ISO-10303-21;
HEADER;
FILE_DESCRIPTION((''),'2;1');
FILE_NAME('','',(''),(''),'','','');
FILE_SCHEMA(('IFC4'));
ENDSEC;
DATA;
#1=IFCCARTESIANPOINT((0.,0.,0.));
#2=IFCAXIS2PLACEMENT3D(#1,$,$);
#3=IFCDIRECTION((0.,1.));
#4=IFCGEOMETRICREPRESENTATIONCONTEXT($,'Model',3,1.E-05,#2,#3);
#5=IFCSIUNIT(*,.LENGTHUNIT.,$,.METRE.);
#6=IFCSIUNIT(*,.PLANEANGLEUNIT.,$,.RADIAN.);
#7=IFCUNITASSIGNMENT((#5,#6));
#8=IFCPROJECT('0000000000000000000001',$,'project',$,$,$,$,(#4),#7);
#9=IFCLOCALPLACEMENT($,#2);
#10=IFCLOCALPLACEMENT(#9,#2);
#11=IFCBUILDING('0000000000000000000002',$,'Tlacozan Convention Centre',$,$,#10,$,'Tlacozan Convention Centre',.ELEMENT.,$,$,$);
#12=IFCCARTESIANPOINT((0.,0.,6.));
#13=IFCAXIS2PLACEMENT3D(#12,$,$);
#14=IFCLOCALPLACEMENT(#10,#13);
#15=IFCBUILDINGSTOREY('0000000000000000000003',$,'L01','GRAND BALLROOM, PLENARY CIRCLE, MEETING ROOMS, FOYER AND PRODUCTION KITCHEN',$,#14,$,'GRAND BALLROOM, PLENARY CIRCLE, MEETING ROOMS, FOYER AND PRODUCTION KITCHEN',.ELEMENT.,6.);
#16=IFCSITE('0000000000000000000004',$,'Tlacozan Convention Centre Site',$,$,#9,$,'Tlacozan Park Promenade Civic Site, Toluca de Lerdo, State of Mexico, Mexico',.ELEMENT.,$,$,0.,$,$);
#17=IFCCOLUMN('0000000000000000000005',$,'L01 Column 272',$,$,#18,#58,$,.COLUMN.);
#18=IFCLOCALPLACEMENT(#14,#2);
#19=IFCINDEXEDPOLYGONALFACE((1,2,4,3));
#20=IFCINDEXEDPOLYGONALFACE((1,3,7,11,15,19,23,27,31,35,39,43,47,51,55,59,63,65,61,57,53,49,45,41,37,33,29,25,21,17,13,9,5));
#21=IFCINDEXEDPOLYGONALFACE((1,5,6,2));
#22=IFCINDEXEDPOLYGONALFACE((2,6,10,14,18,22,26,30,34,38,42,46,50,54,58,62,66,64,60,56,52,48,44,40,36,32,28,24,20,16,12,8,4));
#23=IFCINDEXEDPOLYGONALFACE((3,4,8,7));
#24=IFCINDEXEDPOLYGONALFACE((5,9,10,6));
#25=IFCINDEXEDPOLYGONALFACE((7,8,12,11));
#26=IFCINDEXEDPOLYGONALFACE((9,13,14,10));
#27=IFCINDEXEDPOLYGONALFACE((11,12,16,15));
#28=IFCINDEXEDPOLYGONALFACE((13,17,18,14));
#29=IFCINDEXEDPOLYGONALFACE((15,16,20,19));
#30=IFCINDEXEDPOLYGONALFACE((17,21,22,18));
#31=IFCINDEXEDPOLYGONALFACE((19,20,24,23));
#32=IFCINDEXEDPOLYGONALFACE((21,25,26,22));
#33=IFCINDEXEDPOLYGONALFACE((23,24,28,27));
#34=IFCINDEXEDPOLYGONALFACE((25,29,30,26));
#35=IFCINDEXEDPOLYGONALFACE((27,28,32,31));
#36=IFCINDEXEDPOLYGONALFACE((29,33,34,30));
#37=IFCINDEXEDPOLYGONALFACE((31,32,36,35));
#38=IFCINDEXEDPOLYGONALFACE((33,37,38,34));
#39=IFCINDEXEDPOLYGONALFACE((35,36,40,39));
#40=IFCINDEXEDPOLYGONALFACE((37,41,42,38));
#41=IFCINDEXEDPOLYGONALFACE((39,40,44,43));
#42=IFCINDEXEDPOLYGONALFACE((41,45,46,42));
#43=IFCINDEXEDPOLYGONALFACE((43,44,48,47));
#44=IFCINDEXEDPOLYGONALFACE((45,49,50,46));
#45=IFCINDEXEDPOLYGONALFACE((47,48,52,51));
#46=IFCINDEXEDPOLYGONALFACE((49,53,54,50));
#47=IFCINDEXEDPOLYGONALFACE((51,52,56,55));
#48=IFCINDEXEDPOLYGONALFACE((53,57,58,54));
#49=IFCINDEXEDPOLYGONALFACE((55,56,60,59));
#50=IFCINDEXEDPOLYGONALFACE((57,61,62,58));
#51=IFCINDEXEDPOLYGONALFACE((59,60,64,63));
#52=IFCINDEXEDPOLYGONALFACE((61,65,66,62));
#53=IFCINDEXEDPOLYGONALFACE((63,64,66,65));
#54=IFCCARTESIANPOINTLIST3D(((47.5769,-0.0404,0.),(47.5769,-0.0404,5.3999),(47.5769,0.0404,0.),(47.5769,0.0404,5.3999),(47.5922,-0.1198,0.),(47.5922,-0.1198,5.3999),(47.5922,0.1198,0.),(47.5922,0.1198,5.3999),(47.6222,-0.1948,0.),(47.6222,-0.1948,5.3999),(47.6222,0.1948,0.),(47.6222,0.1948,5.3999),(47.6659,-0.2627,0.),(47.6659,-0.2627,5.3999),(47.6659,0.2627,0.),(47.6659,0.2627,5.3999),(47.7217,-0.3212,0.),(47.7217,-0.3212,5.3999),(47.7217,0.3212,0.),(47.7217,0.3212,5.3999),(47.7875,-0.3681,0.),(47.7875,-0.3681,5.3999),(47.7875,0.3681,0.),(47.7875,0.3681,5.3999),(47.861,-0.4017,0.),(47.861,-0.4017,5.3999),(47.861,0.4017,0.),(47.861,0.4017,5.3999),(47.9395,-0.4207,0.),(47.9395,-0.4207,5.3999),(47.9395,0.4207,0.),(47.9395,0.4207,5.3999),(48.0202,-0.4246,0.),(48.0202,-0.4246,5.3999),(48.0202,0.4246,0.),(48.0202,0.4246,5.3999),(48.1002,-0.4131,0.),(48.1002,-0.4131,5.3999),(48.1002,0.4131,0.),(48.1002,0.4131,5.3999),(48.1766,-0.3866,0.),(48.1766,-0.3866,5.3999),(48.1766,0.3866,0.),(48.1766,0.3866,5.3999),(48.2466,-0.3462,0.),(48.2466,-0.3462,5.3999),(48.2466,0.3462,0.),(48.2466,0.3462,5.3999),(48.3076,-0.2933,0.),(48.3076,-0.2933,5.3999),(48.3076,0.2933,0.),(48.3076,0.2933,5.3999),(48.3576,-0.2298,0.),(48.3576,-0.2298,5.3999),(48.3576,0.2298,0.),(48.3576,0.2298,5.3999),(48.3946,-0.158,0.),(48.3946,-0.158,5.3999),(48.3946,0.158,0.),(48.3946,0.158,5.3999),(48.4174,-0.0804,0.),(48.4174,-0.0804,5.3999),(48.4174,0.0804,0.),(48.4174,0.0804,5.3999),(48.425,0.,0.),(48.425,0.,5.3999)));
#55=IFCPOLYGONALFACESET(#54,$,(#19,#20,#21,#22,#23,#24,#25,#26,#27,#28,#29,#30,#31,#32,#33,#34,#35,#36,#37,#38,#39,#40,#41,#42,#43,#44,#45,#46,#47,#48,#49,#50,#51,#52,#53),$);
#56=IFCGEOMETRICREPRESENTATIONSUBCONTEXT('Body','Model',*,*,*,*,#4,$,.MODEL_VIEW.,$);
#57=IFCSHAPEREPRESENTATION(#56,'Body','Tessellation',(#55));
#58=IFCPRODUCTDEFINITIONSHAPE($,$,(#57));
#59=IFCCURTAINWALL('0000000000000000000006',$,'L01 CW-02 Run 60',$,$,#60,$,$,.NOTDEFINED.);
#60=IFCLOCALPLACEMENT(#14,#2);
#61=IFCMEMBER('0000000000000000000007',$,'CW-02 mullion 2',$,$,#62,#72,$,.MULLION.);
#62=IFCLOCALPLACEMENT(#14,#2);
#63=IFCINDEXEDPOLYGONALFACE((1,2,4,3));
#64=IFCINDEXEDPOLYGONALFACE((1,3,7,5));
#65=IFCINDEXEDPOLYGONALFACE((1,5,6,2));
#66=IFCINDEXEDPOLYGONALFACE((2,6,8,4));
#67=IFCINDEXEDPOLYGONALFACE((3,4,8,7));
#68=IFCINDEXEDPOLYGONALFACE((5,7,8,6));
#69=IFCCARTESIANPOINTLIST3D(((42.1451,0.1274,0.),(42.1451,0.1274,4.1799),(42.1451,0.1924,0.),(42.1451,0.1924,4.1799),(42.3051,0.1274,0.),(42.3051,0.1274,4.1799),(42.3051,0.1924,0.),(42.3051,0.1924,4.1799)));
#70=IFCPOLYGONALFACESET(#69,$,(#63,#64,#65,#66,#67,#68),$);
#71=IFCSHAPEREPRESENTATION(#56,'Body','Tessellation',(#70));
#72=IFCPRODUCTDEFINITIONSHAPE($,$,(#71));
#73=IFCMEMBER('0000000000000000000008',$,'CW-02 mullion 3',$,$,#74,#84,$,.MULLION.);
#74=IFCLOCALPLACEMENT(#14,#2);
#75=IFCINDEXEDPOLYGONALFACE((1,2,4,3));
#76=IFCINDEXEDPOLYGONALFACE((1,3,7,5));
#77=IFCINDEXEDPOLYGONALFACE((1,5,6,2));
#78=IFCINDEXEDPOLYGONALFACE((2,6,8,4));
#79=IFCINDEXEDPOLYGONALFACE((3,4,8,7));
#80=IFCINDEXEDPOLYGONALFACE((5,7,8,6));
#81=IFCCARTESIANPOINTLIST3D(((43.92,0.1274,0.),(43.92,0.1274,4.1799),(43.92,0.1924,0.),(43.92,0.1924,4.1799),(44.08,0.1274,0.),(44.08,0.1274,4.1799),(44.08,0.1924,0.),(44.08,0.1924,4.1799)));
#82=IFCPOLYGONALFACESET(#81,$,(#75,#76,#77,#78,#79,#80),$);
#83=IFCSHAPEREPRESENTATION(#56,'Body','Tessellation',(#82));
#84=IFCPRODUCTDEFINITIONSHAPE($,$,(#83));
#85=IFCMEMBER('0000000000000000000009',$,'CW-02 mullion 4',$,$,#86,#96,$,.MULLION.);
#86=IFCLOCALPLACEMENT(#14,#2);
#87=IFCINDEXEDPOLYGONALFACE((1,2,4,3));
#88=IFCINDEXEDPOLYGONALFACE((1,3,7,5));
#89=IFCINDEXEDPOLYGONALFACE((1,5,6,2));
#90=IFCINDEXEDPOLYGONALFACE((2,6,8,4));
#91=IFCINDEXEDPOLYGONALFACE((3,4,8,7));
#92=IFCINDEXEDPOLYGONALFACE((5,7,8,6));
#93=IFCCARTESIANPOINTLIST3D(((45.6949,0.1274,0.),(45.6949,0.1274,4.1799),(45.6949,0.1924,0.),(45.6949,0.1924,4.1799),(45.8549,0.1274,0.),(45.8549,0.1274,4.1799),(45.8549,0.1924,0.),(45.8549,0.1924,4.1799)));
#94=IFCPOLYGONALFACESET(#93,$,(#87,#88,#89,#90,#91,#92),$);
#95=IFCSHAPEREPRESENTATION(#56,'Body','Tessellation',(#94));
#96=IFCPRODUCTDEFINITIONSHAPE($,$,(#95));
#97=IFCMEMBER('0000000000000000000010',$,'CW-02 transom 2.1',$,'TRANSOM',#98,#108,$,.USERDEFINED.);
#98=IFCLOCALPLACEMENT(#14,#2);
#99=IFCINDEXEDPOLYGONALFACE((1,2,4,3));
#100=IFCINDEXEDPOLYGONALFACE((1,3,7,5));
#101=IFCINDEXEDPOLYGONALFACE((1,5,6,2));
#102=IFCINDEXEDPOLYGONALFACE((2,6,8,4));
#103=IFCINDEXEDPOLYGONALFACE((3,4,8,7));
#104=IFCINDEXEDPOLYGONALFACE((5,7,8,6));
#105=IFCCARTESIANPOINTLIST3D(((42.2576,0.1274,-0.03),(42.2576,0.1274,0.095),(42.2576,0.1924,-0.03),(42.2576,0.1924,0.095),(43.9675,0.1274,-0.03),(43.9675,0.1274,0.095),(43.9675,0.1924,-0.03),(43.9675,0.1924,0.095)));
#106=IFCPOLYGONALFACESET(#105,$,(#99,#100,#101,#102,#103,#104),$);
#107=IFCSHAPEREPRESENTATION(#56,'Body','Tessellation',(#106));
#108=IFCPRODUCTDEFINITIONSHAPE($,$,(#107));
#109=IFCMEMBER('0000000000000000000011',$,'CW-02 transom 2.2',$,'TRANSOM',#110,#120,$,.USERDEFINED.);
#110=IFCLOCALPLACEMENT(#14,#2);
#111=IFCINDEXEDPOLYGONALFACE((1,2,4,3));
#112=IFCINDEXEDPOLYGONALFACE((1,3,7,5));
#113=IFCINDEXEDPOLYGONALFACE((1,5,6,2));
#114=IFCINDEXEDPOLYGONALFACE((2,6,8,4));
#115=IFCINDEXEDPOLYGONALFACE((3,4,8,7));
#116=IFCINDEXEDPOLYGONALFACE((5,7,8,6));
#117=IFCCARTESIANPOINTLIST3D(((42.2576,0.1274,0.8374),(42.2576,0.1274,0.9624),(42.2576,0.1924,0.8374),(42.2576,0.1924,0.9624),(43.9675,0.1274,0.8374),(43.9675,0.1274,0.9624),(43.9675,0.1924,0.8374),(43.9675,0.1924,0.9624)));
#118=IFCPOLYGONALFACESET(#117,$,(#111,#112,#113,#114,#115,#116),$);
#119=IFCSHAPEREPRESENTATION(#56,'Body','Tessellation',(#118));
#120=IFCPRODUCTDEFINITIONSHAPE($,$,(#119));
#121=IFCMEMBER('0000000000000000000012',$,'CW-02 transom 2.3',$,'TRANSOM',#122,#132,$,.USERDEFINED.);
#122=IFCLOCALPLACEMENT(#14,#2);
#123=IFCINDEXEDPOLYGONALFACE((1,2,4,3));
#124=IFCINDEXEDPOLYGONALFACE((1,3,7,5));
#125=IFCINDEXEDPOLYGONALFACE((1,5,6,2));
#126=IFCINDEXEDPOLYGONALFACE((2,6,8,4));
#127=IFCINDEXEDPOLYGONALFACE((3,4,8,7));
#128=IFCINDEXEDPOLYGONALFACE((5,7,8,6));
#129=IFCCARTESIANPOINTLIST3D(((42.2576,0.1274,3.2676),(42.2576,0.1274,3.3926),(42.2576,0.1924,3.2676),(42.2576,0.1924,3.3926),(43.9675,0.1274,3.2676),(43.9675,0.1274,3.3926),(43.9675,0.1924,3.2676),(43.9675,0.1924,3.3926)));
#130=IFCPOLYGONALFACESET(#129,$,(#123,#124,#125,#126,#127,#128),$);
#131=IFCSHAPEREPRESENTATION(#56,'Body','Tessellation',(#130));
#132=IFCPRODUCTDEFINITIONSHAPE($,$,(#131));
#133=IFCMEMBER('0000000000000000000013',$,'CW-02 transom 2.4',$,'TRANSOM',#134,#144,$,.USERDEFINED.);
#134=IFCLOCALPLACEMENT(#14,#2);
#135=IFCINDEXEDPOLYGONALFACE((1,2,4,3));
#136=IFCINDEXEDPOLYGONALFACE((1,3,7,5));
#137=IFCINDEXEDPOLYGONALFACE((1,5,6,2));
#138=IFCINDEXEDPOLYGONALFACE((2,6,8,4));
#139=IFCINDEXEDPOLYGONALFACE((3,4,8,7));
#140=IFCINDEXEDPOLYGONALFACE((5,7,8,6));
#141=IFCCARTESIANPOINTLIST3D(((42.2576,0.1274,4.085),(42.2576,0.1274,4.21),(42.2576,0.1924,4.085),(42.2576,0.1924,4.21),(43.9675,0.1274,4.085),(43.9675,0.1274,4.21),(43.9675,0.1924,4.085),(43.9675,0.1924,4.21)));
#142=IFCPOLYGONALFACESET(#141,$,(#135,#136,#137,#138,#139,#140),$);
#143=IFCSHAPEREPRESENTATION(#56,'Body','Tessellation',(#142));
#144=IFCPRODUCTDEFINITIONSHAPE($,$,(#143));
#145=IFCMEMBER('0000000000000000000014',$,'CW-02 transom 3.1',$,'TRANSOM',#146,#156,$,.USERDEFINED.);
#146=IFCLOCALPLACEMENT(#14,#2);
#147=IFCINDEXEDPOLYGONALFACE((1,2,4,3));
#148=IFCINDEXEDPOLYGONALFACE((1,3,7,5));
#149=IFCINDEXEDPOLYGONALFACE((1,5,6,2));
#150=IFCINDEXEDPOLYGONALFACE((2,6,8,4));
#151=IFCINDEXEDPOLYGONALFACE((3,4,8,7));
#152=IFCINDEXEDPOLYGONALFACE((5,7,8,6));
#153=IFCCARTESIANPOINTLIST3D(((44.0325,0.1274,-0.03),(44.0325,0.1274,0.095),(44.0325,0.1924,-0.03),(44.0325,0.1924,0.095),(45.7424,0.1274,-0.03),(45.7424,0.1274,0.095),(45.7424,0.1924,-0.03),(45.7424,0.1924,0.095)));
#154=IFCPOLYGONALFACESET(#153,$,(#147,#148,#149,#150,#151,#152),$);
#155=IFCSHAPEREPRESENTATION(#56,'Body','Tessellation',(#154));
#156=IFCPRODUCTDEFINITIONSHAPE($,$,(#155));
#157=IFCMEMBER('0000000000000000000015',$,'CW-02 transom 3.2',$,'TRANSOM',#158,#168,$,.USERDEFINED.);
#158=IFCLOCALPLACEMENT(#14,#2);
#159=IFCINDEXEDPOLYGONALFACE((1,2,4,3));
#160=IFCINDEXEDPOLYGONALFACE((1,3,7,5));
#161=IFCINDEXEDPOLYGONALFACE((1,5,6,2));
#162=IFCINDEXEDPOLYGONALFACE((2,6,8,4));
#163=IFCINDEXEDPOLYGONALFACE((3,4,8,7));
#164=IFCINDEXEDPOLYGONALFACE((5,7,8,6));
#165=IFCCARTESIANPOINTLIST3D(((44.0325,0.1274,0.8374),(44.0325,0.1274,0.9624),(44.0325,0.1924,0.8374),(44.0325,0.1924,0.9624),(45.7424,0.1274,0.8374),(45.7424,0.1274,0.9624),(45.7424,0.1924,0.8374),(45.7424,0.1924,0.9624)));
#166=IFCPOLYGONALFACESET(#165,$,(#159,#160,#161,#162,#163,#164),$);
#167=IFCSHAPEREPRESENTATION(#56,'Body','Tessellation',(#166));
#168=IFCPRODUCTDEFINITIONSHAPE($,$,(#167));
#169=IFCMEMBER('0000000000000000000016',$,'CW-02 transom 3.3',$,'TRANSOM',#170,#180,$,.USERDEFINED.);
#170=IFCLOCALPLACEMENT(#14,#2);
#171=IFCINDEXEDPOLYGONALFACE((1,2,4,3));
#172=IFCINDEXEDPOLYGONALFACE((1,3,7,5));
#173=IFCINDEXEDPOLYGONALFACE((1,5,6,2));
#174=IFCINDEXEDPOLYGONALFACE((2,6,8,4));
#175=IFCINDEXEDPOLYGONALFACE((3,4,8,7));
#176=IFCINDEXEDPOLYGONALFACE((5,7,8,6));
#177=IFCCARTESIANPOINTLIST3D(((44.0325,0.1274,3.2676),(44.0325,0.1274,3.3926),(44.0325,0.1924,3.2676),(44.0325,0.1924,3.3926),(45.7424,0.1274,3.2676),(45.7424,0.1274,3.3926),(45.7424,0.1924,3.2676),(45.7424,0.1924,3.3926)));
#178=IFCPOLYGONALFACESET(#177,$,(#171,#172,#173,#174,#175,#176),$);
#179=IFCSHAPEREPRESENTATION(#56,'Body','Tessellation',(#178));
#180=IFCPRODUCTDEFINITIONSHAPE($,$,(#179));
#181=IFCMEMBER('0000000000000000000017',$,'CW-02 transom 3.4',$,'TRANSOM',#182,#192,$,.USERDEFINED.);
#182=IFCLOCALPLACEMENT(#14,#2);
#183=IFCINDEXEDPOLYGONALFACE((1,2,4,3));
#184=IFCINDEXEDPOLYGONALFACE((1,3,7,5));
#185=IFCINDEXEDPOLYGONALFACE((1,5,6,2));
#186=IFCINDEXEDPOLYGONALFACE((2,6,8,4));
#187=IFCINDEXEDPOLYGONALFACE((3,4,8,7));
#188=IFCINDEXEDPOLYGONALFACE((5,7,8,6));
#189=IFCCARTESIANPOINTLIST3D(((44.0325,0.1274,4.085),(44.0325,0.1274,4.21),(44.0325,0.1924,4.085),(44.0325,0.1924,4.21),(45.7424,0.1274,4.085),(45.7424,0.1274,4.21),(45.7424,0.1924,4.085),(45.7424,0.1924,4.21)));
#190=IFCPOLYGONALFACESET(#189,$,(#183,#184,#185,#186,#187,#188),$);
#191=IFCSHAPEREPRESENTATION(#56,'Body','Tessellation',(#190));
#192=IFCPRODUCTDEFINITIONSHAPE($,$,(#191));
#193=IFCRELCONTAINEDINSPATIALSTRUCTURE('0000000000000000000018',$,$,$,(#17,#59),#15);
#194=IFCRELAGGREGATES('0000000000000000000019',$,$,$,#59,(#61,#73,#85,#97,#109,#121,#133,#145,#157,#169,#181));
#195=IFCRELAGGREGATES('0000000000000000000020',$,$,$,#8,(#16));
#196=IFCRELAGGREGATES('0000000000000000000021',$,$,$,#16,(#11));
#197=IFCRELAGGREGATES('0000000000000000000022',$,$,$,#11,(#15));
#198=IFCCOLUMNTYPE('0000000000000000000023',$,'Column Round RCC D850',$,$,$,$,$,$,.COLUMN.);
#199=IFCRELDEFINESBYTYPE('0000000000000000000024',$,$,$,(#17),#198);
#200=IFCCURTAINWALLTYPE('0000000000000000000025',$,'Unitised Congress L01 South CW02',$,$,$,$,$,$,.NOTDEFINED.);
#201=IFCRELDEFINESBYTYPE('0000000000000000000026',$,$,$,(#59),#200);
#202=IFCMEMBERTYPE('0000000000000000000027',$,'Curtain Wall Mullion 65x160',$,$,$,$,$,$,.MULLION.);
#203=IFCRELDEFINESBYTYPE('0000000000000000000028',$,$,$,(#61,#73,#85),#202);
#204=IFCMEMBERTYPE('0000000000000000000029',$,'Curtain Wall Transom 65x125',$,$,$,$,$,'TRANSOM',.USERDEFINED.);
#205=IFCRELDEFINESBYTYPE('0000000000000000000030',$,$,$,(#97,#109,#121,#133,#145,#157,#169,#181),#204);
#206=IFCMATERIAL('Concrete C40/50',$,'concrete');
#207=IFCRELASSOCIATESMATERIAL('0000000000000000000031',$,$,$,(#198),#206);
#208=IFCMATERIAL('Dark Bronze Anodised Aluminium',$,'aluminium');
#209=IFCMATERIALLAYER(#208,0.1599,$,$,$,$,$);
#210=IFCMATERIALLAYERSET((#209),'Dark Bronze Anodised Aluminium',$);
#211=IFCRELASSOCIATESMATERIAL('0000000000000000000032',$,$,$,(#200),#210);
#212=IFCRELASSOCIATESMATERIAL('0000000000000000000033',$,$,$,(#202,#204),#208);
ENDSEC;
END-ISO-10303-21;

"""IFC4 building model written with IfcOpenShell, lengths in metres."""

from ifc_helpers import new_model, si_unit, direction, frame, origin, origin_2d, place, context, subcontext, project, spatial, rectangle, circle, extrude, material, layer, layer_set, material_profile, profile_set, type_object, element, aggregate, save


model = new_model("IFC4")

# Units and contexts
model_context = context("Model", 3, precision=1e-05, world=origin(), true_north=direction((0.0, 1.0)))
body_context = subcontext(model_context, "Body", "Model", "MODEL_VIEW")
ifc_project = project(units=[si_unit("LENGTHUNIT", "METRE"), si_unit("PLANEANGLEUNIT", "RADIAN")], contexts=[model_context])

# Site, building, storey
site_placement = place(None, origin())
site = spatial("IfcSite", under=ifc_project, at=site_placement, Name="Tlacozan Convention Centre Site", LongName="Tlacozan Park Promenade Civic Site, Toluca de Lerdo, State of Mexico, Mexico", CompositionType="ELEMENT", RefElevation=0.0)
building_placement = place(site_placement, origin())
building = spatial("IfcBuilding", under=site, at=building_placement, Name="Tlacozan Convention Centre", LongName="Tlacozan Convention Centre", CompositionType="ELEMENT")
storey_placement = place(building_placement, frame((0.0, 0.0, 6.0)))
storey = spatial("IfcBuildingStorey", under=building, at=storey_placement, Name="L01", Description="GRAND BALLROOM, PLENARY CIRCLE, MEETING ROOMS, FOYER AND PRODUCTION KITCHEN", LongName="GRAND BALLROOM, PLENARY CIRCLE, MEETING ROOMS, FOYER AND PRODUCTION KITCHEN", CompositionType="ELEMENT", Elevation=6.0)

# Column
ifc_material_1 = material(Name="Concrete C40/50", Category="concrete")
ifc_material_profile_1 = material_profile(ifc_material_1, circle(Radius=0.425, at=origin_2d()), Name="RCC D850")
ifc_profile_set_1 = profile_set([ifc_material_profile_1], Name="Concrete C40/50")
column_type = type_object("IfcColumnType", Name="Column Round RCC D850", PredefinedType="COLUMN", material=ifc_profile_set_1)
column_placement = place(storey_placement, frame((48.0, 0.0, 0.0), z_axis=(0.0, 0.0, 1.0), x_axis=(1.0, 0.0, 0.0)))
element("IfcColumn", 1, at=column_placement, inside=storey, type_object=column_type, Name="L01 Column 272", PredefinedType="COLUMN", context=body_context, shape_type="SweptSolid", body=[
    extrude(circle(Radius=0.425, at=origin_2d()), origin(), (0.0, 0.0, 1.0), 5.3999),
])

# Curtain wall, members
ifc_material_2 = material(Name="Dark Bronze Anodised Aluminium", Category="aluminium")
ifc_layer_1 = layer(ifc_material_2, 0.1599)
ifc_layer_set_1 = layer_set([ifc_layer_1], Name="Dark Bronze Anodised Aluminium")
curtain_wall_type = type_object("IfcCurtainWallType", Name="Unitised Congress L01 South CW02", PredefinedType="NOTDEFINED", material=ifc_layer_set_1)
curtain_wall_placement = place(storey_placement, origin())
curtain_wall = element("IfcCurtainWall", 2, at=curtain_wall_placement, inside=storey, type_object=curtain_wall_type, Name="L01 CW-02 Run 60", PredefinedType="NOTDEFINED")
ifc_material_profile_2 = material_profile(ifc_material_2, rectangle(XDim=0.0649, YDim=0.1599, at=origin_2d()), Name="ALU 65x160")
ifc_profile_set_2 = profile_set([ifc_material_profile_2], Name="Dark Bronze Anodised Aluminium")
member_type_1 = type_object("IfcMemberType", Name="Curtain Wall Mullion 65x160", PredefinedType="MULLION", material=ifc_profile_set_2)
member_1_placement = place(storey_placement, frame((42.2251, 0.1599, 0.0), z_axis=(0.0, 0.0, 1.0), x_axis=(0.0, 1.0, 0.0)))
member_1 = element("IfcMember", 3, at=member_1_placement, type_object=member_type_1, Name="CW-02 mullion 2", PredefinedType="MULLION", context=body_context, shape_type="SweptSolid", body=[
    extrude(rectangle(XDim=0.0649, YDim=0.1599, at=origin_2d()), origin(), (0.0, 0.0, 1.0), 4.1799),
])
member_2_placement = place(storey_placement, frame((44.0, 0.1599, 0.0), z_axis=(0.0, 0.0, 1.0), x_axis=(0.0, 1.0, 0.0)))
member_2 = element("IfcMember", 4, at=member_2_placement, type_object=member_type_1, Name="CW-02 mullion 3", PredefinedType="MULLION", context=body_context, shape_type="SweptSolid", body=[
    extrude(rectangle(XDim=0.0649, YDim=0.1599, at=origin_2d()), origin(), (0.0, 0.0, 1.0), 4.1799),
])
member_3_placement = place(storey_placement, frame((45.7749, 0.1599, 0.0), z_axis=(0.0, 0.0, 1.0), x_axis=(0.0, 1.0, 0.0)))
member_3 = element("IfcMember", 5, at=member_3_placement, type_object=member_type_1, Name="CW-02 mullion 4", PredefinedType="MULLION", context=body_context, shape_type="SweptSolid", body=[
    extrude(rectangle(XDim=0.0649, YDim=0.1599, at=origin_2d()), origin(), (0.0, 0.0, 1.0), 4.1799),
])
ifc_material_profile_3 = material_profile(ifc_material_2, rectangle(XDim=0.0649, YDim=0.125, at=origin_2d()), Name="ALU 65x125")
ifc_profile_set_3 = profile_set([ifc_material_profile_3], Name="Dark Bronze Anodised Aluminium")
member_type_2 = type_object("IfcMemberType", Name="Curtain Wall Transom 65x125", ElementType="TRANSOM", PredefinedType="USERDEFINED", material=ifc_profile_set_3)
member_4_placement = place(storey_placement, frame((42.2576, 0.1599, 0.0325), z_axis=(1.0, 0.0, 0.0), x_axis=(0.0, 1.0, 0.0)))
member_4 = element("IfcMember", 6, at=member_4_placement, type_object=member_type_2, Name="CW-02 transom 2.1", ObjectType="TRANSOM", PredefinedType="USERDEFINED", context=body_context, shape_type="SweptSolid", body=[
    extrude(rectangle(XDim=0.0649, YDim=0.125, at=origin_2d()), origin(), (0.0, 0.0, 1.0), 1.71),
])
member_5_placement = place(storey_placement, frame((42.2576, 0.1599, 0.8999), z_axis=(1.0, 0.0, 0.0), x_axis=(0.0, 1.0, 0.0)))
member_5 = element("IfcMember", 7, at=member_5_placement, type_object=member_type_2, Name="CW-02 transom 2.2", ObjectType="TRANSOM", PredefinedType="USERDEFINED", context=body_context, shape_type="SweptSolid", body=[
    extrude(rectangle(XDim=0.0649, YDim=0.125, at=origin_2d()), origin(), (0.0, 0.0, 1.0), 1.71),
])
member_6_placement = place(storey_placement, frame((42.2576, 0.1599, 3.3301), z_axis=(1.0, 0.0, 0.0), x_axis=(0.0, 1.0, 0.0)))
member_6 = element("IfcMember", 8, at=member_6_placement, type_object=member_type_2, Name="CW-02 transom 2.3", ObjectType="TRANSOM", PredefinedType="USERDEFINED", context=body_context, shape_type="SweptSolid", body=[
    extrude(rectangle(XDim=0.0649, YDim=0.125, at=origin_2d()), origin(), (0.0, 0.0, 1.0), 1.71),
])
member_7_placement = place(storey_placement, frame((42.2576, 0.1599, 4.1475), z_axis=(1.0, 0.0, 0.0), x_axis=(0.0, 1.0, 0.0)))
member_7 = element("IfcMember", 9, at=member_7_placement, type_object=member_type_2, Name="CW-02 transom 2.4", ObjectType="TRANSOM", PredefinedType="USERDEFINED", context=body_context, shape_type="SweptSolid", body=[
    extrude(rectangle(XDim=0.0649, YDim=0.125, at=origin_2d()), origin(), (0.0, 0.0, 1.0), 1.71),
])
member_8_placement = place(storey_placement, frame((44.0325, 0.1599, 0.0325), z_axis=(1.0, 0.0, 0.0), x_axis=(0.0, 1.0, 0.0)))
member_8 = element("IfcMember", 10, at=member_8_placement, type_object=member_type_2, Name="CW-02 transom 3.1", ObjectType="TRANSOM", PredefinedType="USERDEFINED", context=body_context, shape_type="SweptSolid", body=[
    extrude(rectangle(XDim=0.0649, YDim=0.125, at=origin_2d()), origin(), (0.0, 0.0, 1.0), 1.71),
])
member_9_placement = place(storey_placement, frame((44.0325, 0.1599, 0.8999), z_axis=(1.0, 0.0, 0.0), x_axis=(0.0, 1.0, 0.0)))
member_9 = element("IfcMember", 11, at=member_9_placement, type_object=member_type_2, Name="CW-02 transom 3.2", ObjectType="TRANSOM", PredefinedType="USERDEFINED", context=body_context, shape_type="SweptSolid", body=[
    extrude(rectangle(XDim=0.0649, YDim=0.125, at=origin_2d()), origin(), (0.0, 0.0, 1.0), 1.71),
])
member_10_placement = place(storey_placement, frame((44.0325, 0.1599, 3.3301), z_axis=(1.0, 0.0, 0.0), x_axis=(0.0, 1.0, 0.0)))
member_10 = element("IfcMember", 12, at=member_10_placement, type_object=member_type_2, Name="CW-02 transom 3.3", ObjectType="TRANSOM", PredefinedType="USERDEFINED", context=body_context, shape_type="SweptSolid", body=[
    extrude(rectangle(XDim=0.0649, YDim=0.125, at=origin_2d()), origin(), (0.0, 0.0, 1.0), 1.71),
])
member_11_placement = place(storey_placement, frame((44.0325, 0.1599, 4.1475), z_axis=(1.0, 0.0, 0.0), x_axis=(0.0, 1.0, 0.0)))
member_11 = element("IfcMember", 13, at=member_11_placement, type_object=member_type_2, Name="CW-02 transom 3.4", ObjectType="TRANSOM", PredefinedType="USERDEFINED", context=body_context, shape_type="SweptSolid", body=[
    extrude(rectangle(XDim=0.0649, YDim=0.125, at=origin_2d()), origin(), (0.0, 0.0, 1.0), 1.71),
])

aggregate(curtain_wall, [member_1, member_2, member_3, member_4, member_5, member_6, member_7, member_8, member_9, member_10, member_11])

save(model, "model.ifc")
